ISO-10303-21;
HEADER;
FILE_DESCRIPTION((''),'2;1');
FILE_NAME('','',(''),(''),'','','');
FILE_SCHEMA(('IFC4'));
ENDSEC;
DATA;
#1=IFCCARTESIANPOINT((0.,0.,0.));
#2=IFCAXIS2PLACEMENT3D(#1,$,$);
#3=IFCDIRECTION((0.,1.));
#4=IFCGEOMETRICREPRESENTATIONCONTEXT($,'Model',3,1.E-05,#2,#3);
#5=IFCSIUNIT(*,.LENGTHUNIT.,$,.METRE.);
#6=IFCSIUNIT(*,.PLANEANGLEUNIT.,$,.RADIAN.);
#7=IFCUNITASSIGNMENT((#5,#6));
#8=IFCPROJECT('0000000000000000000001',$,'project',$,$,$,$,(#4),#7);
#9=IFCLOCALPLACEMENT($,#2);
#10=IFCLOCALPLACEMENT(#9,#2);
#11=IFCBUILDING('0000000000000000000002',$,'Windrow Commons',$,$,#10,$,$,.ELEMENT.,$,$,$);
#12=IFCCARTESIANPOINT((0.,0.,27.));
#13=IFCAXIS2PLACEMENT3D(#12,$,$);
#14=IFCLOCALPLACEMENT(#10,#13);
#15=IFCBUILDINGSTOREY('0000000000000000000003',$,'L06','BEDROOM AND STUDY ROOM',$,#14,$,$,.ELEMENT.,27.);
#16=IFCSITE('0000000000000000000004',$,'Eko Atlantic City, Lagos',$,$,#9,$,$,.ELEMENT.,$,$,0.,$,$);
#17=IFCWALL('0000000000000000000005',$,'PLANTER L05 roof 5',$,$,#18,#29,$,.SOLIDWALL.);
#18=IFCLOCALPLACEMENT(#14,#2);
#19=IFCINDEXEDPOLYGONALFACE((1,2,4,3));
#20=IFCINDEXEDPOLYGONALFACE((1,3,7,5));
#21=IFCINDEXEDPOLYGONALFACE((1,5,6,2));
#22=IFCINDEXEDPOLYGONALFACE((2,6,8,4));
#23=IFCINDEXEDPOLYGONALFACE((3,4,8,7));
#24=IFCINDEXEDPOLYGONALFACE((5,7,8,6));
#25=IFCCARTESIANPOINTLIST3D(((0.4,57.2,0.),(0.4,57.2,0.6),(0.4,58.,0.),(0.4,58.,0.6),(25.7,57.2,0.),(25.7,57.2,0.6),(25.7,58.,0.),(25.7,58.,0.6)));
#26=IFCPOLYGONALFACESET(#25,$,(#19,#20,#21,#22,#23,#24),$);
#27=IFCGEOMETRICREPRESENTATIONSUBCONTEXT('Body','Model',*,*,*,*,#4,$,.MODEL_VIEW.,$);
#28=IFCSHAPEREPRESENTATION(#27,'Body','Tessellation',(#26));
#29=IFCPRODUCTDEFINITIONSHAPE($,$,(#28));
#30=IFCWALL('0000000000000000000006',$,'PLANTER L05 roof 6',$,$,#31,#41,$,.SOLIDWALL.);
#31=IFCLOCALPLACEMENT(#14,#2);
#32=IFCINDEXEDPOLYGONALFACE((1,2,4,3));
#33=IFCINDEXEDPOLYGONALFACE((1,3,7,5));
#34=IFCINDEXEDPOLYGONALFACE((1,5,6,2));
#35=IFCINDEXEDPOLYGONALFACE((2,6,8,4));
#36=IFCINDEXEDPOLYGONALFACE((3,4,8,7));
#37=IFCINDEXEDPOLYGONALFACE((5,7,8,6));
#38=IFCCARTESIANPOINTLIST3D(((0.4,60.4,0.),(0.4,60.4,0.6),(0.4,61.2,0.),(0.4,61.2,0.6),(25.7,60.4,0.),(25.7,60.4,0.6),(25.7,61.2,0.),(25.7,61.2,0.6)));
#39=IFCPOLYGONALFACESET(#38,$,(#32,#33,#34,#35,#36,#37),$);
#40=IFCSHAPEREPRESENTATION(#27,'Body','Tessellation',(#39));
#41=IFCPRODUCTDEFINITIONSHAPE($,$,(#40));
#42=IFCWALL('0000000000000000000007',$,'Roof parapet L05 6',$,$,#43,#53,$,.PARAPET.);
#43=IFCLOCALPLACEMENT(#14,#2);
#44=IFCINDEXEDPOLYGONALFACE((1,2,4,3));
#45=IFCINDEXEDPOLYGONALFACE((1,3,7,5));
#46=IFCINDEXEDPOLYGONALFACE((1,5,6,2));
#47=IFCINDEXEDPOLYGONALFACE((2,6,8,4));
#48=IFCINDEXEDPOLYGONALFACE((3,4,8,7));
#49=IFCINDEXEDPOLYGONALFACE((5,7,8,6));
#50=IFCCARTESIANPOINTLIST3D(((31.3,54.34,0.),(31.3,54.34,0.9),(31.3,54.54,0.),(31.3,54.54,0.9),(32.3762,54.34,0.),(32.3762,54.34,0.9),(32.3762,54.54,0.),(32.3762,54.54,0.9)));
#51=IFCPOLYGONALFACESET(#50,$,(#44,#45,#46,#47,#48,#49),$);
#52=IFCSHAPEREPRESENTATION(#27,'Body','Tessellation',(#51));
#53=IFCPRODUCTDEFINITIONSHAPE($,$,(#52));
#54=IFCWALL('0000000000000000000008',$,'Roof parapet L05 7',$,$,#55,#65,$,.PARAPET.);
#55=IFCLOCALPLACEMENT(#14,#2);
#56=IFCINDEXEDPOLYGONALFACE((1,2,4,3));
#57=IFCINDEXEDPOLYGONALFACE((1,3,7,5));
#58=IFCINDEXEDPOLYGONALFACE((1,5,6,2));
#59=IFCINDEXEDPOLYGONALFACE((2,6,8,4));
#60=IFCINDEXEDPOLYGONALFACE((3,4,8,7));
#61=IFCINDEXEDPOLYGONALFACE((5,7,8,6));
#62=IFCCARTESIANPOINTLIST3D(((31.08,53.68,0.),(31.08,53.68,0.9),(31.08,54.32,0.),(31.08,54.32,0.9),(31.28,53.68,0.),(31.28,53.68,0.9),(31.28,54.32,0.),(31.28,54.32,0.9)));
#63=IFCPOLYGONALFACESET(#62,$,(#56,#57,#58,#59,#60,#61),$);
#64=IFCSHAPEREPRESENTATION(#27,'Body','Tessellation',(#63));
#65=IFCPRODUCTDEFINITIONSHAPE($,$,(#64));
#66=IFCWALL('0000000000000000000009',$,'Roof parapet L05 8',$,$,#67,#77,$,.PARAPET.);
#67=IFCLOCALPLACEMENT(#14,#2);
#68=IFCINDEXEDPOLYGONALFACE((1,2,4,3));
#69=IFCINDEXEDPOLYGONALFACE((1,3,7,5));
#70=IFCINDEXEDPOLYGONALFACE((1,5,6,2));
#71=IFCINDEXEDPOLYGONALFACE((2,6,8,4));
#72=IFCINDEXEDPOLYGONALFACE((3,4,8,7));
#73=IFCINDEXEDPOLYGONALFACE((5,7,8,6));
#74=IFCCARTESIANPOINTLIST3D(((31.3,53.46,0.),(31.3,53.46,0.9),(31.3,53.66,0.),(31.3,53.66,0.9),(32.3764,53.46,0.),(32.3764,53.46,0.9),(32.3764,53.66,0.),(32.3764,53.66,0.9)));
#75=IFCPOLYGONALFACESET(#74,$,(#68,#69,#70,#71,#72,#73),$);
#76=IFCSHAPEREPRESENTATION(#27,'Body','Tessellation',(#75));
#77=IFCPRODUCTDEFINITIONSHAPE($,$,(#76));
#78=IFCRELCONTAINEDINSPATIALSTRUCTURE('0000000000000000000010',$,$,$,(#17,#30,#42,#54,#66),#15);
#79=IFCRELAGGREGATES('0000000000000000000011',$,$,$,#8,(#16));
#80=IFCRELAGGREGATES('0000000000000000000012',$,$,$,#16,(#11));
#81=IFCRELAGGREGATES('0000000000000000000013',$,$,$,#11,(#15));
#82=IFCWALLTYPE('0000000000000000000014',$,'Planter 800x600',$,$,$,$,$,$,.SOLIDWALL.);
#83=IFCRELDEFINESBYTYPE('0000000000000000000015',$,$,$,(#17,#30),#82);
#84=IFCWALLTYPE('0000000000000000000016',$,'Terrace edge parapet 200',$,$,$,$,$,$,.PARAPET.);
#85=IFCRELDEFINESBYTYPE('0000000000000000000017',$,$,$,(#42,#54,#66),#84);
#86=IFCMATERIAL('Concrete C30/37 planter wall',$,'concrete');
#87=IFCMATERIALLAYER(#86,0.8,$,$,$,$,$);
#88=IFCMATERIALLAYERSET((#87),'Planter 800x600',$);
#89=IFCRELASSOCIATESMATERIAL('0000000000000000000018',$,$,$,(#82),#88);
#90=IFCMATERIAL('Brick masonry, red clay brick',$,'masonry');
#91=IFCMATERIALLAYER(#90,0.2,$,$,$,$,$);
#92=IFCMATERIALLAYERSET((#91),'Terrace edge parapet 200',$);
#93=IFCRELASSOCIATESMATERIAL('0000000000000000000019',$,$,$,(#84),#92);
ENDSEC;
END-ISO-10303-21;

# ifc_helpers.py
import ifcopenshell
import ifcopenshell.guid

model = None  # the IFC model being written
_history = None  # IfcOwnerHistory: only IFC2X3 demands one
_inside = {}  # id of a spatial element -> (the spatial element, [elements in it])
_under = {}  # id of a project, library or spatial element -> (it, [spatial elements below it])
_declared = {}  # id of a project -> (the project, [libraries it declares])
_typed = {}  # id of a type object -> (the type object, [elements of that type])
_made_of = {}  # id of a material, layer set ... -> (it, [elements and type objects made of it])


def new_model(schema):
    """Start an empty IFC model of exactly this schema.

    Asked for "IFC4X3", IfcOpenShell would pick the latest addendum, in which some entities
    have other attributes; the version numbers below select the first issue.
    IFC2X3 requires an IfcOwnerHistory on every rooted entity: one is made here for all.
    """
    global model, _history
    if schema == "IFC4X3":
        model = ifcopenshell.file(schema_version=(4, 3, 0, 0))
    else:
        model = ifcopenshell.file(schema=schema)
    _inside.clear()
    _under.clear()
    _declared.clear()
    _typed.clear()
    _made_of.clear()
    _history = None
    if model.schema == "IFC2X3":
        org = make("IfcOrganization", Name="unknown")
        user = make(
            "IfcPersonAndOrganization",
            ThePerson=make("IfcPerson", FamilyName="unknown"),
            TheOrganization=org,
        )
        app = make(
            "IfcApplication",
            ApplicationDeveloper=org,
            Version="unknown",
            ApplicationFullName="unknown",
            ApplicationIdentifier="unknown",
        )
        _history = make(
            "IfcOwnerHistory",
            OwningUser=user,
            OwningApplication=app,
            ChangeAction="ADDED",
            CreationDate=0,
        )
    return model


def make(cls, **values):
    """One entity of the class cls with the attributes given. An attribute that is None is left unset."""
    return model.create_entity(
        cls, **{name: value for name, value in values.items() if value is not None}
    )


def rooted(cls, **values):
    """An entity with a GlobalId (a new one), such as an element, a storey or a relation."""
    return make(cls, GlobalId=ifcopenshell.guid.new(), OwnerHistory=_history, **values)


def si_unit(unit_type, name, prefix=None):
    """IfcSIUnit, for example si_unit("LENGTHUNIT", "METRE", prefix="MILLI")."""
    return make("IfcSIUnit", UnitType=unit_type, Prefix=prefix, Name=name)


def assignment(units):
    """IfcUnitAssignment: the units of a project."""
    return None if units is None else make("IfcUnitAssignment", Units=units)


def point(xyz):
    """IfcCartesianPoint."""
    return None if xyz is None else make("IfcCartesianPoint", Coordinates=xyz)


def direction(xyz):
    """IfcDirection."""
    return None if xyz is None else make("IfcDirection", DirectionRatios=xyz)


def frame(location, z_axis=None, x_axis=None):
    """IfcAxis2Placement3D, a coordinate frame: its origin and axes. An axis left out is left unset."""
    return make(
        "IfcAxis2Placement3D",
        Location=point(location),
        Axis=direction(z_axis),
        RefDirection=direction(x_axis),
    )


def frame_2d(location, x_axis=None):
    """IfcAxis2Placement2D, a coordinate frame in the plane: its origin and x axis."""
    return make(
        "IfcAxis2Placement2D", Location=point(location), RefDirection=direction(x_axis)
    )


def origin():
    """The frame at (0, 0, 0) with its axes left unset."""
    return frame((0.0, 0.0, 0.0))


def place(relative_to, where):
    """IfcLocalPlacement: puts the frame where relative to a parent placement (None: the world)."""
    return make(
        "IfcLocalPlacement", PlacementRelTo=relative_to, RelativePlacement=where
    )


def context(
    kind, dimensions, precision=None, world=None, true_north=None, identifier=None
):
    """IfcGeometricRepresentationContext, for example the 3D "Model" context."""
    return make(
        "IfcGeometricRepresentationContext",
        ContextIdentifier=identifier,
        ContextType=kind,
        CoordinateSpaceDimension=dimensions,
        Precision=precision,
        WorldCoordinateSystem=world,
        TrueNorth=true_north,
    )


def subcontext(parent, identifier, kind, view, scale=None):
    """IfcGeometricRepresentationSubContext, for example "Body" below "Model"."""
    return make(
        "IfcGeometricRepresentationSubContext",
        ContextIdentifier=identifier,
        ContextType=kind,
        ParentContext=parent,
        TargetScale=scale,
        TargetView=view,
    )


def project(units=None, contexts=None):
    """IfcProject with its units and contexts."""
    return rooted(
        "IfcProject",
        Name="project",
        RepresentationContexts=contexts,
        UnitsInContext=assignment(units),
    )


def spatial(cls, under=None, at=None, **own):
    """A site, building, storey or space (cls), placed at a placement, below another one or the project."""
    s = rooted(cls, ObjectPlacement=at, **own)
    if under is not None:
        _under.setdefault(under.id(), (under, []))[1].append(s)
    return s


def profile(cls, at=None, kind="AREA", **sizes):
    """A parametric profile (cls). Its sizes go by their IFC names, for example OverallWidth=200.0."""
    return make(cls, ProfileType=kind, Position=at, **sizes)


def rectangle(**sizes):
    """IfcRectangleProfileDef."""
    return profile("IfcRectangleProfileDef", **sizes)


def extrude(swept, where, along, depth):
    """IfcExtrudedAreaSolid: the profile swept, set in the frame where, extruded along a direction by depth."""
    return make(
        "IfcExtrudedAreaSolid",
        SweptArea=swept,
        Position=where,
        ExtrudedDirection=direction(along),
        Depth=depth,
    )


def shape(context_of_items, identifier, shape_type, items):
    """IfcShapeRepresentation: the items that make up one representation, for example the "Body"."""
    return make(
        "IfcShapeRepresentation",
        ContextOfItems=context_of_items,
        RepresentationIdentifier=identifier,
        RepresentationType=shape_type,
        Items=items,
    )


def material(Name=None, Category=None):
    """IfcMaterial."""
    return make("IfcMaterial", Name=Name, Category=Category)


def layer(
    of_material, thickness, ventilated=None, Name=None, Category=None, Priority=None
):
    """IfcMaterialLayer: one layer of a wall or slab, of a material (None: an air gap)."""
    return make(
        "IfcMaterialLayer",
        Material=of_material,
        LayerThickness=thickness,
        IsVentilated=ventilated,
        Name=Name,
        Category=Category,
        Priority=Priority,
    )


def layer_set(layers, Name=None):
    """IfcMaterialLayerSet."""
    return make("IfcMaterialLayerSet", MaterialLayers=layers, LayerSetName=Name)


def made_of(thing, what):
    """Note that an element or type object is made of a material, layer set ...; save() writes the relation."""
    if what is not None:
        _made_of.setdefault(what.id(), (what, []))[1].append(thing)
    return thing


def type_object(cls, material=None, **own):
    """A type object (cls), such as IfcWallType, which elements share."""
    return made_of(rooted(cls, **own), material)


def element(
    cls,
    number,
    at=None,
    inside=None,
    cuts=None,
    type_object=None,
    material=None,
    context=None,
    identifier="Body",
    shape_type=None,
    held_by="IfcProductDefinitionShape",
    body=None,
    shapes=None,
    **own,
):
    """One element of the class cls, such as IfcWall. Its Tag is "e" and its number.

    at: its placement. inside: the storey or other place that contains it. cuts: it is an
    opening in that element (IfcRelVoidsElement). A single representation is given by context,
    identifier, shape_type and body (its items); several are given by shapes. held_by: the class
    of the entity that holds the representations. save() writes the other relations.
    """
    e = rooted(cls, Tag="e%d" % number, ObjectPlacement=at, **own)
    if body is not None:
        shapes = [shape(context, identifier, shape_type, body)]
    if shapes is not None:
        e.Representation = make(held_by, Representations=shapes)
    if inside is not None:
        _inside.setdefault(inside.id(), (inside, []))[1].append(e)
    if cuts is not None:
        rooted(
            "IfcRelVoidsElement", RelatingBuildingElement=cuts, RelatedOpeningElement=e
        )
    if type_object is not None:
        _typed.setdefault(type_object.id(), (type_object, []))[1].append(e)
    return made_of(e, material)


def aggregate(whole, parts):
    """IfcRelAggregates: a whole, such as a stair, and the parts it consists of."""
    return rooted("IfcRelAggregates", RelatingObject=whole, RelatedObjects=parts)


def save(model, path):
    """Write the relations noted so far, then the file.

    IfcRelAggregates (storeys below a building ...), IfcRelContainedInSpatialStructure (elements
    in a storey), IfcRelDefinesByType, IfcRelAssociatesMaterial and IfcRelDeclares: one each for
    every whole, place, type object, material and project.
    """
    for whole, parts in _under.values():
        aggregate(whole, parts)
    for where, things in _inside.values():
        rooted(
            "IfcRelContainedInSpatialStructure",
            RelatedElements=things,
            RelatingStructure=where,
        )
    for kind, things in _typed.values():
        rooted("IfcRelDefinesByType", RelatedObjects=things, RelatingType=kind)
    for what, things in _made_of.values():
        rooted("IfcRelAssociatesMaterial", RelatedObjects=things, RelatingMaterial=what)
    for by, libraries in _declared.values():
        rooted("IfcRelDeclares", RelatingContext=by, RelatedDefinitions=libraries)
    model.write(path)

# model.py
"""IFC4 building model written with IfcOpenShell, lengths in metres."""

from ifc_helpers import new_model, si_unit, direction, frame, frame_2d, origin, place, context, subcontext, project, spatial, rectangle, extrude, material, layer, layer_set, type_object, element, save


model = new_model("IFC4")

# Units and contexts
model_context = context("Model", 3, precision=1e-05, world=origin(), true_north=direction((0.0, 1.0)))
body_context = subcontext(model_context, "Body", "Model", "MODEL_VIEW")
ifc_project = project(units=[si_unit("LENGTHUNIT", "METRE"), si_unit("PLANEANGLEUNIT", "RADIAN")], contexts=[model_context])

# Site, building, storey
site_placement = place(None, origin())
site = spatial("IfcSite", under=ifc_project, at=site_placement, Name="Eko Atlantic City, Lagos", CompositionType="ELEMENT", RefElevation=0.0)
building_placement = place(site_placement, origin())
building = spatial("IfcBuilding", under=site, at=building_placement, Name="Windrow Commons", CompositionType="ELEMENT")
storey_placement = place(building_placement, frame((0.0, 0.0, 27.0)))
storey = spatial("IfcBuildingStorey", under=building, at=storey_placement, Name="L06", Description="BEDROOM AND STUDY ROOM", CompositionType="ELEMENT", Elevation=27.0)

# Walls
ifc_material_1 = material(Name="Concrete C30/37 planter wall", Category="concrete")
ifc_layer_1 = layer(ifc_material_1, 0.8)
ifc_layer_set_1 = layer_set([ifc_layer_1], Name="Planter 800x600")
wall_type_1 = type_object("IfcWallType", Name="Planter 800x600", PredefinedType="SOLIDWALL", material=ifc_layer_set_1)
for number, where, z_axis, x_axis, name in (
    (1, (0.4, 57.6, 0.0), (0.0, 0.0, 1.0), (1.0, 0.0, 0.0), "PLANTER L05 roof 5"),
    (2, (0.4, 60.8, 0.0), (0.0, 0.0, 1.0), (1.0, 0.0, 0.0), "PLANTER L05 roof 6"),
):
    element("IfcWall", number, at=place(storey_placement, frame(where, z_axis=z_axis, x_axis=x_axis)), inside=storey, type_object=wall_type_1, Name=name, PredefinedType="SOLIDWALL", context=body_context, shape_type="SweptSolid", body=[
        extrude(rectangle(XDim=25.3, YDim=0.8, at=frame_2d((12.65, 0.0))), origin(), (0.0, 0.0, 1.0), 0.6),
    ])
ifc_material_2 = material(Name="Brick masonry, red clay brick", Category="masonry")
ifc_layer_2 = layer(ifc_material_2, 0.2)
ifc_layer_set_2 = layer_set([ifc_layer_2], Name="Terrace edge parapet 200")
wall_type_2 = type_object("IfcWallType", Name="Terrace edge parapet 200", PredefinedType="PARAPET", material=ifc_layer_set_2)
wall_1_placement = place(storey_placement, frame((32.3763, 54.44, 0.0), z_axis=(0.0, 0.0, 1.0), x_axis=(-1.0, 0.0, 0.0)))
element("IfcWall", 3, at=wall_1_placement, inside=storey, type_object=wall_type_2, Name="Roof parapet L05 6", PredefinedType="PARAPET", context=body_context, shape_type="SweptSolid", body=[
    extrude(rectangle(XDim=1.0763, YDim=0.2, at=frame_2d((0.5382, 0.0))), origin(), (0.0, 0.0, 1.0), 0.9),
])
wall_2_placement = place(storey_placement, frame((31.18, 54.32, 0.0), z_axis=(0.0, 0.0, 1.0), x_axis=(0.0, -1.0, 0.0)))
element("IfcWall", 4, at=wall_2_placement, inside=storey, type_object=wall_type_2, Name="Roof parapet L05 7", PredefinedType="PARAPET", context=body_context, shape_type="SweptSolid", body=[
    extrude(rectangle(XDim=0.64, YDim=0.2, at=frame_2d((0.32, 0.0))), origin(), (0.0, 0.0, 1.0), 0.9),
])
wall_3_placement = place(storey_placement, frame((31.3, 53.56, 0.0), z_axis=(0.0, 0.0, 1.0), x_axis=(1.0, 0.0, 0.0)))
element("IfcWall", 5, at=wall_3_placement, inside=storey, type_object=wall_type_2, Name="Roof parapet L05 8", PredefinedType="PARAPET", context=body_context, shape_type="SweptSolid", body=[
    extrude(rectangle(XDim=1.0763, YDim=0.2, at=frame_2d((0.5382, 0.0))), origin(), (0.0, 0.0, 1.0), 0.9),
])

save(model, "model.ifc")
